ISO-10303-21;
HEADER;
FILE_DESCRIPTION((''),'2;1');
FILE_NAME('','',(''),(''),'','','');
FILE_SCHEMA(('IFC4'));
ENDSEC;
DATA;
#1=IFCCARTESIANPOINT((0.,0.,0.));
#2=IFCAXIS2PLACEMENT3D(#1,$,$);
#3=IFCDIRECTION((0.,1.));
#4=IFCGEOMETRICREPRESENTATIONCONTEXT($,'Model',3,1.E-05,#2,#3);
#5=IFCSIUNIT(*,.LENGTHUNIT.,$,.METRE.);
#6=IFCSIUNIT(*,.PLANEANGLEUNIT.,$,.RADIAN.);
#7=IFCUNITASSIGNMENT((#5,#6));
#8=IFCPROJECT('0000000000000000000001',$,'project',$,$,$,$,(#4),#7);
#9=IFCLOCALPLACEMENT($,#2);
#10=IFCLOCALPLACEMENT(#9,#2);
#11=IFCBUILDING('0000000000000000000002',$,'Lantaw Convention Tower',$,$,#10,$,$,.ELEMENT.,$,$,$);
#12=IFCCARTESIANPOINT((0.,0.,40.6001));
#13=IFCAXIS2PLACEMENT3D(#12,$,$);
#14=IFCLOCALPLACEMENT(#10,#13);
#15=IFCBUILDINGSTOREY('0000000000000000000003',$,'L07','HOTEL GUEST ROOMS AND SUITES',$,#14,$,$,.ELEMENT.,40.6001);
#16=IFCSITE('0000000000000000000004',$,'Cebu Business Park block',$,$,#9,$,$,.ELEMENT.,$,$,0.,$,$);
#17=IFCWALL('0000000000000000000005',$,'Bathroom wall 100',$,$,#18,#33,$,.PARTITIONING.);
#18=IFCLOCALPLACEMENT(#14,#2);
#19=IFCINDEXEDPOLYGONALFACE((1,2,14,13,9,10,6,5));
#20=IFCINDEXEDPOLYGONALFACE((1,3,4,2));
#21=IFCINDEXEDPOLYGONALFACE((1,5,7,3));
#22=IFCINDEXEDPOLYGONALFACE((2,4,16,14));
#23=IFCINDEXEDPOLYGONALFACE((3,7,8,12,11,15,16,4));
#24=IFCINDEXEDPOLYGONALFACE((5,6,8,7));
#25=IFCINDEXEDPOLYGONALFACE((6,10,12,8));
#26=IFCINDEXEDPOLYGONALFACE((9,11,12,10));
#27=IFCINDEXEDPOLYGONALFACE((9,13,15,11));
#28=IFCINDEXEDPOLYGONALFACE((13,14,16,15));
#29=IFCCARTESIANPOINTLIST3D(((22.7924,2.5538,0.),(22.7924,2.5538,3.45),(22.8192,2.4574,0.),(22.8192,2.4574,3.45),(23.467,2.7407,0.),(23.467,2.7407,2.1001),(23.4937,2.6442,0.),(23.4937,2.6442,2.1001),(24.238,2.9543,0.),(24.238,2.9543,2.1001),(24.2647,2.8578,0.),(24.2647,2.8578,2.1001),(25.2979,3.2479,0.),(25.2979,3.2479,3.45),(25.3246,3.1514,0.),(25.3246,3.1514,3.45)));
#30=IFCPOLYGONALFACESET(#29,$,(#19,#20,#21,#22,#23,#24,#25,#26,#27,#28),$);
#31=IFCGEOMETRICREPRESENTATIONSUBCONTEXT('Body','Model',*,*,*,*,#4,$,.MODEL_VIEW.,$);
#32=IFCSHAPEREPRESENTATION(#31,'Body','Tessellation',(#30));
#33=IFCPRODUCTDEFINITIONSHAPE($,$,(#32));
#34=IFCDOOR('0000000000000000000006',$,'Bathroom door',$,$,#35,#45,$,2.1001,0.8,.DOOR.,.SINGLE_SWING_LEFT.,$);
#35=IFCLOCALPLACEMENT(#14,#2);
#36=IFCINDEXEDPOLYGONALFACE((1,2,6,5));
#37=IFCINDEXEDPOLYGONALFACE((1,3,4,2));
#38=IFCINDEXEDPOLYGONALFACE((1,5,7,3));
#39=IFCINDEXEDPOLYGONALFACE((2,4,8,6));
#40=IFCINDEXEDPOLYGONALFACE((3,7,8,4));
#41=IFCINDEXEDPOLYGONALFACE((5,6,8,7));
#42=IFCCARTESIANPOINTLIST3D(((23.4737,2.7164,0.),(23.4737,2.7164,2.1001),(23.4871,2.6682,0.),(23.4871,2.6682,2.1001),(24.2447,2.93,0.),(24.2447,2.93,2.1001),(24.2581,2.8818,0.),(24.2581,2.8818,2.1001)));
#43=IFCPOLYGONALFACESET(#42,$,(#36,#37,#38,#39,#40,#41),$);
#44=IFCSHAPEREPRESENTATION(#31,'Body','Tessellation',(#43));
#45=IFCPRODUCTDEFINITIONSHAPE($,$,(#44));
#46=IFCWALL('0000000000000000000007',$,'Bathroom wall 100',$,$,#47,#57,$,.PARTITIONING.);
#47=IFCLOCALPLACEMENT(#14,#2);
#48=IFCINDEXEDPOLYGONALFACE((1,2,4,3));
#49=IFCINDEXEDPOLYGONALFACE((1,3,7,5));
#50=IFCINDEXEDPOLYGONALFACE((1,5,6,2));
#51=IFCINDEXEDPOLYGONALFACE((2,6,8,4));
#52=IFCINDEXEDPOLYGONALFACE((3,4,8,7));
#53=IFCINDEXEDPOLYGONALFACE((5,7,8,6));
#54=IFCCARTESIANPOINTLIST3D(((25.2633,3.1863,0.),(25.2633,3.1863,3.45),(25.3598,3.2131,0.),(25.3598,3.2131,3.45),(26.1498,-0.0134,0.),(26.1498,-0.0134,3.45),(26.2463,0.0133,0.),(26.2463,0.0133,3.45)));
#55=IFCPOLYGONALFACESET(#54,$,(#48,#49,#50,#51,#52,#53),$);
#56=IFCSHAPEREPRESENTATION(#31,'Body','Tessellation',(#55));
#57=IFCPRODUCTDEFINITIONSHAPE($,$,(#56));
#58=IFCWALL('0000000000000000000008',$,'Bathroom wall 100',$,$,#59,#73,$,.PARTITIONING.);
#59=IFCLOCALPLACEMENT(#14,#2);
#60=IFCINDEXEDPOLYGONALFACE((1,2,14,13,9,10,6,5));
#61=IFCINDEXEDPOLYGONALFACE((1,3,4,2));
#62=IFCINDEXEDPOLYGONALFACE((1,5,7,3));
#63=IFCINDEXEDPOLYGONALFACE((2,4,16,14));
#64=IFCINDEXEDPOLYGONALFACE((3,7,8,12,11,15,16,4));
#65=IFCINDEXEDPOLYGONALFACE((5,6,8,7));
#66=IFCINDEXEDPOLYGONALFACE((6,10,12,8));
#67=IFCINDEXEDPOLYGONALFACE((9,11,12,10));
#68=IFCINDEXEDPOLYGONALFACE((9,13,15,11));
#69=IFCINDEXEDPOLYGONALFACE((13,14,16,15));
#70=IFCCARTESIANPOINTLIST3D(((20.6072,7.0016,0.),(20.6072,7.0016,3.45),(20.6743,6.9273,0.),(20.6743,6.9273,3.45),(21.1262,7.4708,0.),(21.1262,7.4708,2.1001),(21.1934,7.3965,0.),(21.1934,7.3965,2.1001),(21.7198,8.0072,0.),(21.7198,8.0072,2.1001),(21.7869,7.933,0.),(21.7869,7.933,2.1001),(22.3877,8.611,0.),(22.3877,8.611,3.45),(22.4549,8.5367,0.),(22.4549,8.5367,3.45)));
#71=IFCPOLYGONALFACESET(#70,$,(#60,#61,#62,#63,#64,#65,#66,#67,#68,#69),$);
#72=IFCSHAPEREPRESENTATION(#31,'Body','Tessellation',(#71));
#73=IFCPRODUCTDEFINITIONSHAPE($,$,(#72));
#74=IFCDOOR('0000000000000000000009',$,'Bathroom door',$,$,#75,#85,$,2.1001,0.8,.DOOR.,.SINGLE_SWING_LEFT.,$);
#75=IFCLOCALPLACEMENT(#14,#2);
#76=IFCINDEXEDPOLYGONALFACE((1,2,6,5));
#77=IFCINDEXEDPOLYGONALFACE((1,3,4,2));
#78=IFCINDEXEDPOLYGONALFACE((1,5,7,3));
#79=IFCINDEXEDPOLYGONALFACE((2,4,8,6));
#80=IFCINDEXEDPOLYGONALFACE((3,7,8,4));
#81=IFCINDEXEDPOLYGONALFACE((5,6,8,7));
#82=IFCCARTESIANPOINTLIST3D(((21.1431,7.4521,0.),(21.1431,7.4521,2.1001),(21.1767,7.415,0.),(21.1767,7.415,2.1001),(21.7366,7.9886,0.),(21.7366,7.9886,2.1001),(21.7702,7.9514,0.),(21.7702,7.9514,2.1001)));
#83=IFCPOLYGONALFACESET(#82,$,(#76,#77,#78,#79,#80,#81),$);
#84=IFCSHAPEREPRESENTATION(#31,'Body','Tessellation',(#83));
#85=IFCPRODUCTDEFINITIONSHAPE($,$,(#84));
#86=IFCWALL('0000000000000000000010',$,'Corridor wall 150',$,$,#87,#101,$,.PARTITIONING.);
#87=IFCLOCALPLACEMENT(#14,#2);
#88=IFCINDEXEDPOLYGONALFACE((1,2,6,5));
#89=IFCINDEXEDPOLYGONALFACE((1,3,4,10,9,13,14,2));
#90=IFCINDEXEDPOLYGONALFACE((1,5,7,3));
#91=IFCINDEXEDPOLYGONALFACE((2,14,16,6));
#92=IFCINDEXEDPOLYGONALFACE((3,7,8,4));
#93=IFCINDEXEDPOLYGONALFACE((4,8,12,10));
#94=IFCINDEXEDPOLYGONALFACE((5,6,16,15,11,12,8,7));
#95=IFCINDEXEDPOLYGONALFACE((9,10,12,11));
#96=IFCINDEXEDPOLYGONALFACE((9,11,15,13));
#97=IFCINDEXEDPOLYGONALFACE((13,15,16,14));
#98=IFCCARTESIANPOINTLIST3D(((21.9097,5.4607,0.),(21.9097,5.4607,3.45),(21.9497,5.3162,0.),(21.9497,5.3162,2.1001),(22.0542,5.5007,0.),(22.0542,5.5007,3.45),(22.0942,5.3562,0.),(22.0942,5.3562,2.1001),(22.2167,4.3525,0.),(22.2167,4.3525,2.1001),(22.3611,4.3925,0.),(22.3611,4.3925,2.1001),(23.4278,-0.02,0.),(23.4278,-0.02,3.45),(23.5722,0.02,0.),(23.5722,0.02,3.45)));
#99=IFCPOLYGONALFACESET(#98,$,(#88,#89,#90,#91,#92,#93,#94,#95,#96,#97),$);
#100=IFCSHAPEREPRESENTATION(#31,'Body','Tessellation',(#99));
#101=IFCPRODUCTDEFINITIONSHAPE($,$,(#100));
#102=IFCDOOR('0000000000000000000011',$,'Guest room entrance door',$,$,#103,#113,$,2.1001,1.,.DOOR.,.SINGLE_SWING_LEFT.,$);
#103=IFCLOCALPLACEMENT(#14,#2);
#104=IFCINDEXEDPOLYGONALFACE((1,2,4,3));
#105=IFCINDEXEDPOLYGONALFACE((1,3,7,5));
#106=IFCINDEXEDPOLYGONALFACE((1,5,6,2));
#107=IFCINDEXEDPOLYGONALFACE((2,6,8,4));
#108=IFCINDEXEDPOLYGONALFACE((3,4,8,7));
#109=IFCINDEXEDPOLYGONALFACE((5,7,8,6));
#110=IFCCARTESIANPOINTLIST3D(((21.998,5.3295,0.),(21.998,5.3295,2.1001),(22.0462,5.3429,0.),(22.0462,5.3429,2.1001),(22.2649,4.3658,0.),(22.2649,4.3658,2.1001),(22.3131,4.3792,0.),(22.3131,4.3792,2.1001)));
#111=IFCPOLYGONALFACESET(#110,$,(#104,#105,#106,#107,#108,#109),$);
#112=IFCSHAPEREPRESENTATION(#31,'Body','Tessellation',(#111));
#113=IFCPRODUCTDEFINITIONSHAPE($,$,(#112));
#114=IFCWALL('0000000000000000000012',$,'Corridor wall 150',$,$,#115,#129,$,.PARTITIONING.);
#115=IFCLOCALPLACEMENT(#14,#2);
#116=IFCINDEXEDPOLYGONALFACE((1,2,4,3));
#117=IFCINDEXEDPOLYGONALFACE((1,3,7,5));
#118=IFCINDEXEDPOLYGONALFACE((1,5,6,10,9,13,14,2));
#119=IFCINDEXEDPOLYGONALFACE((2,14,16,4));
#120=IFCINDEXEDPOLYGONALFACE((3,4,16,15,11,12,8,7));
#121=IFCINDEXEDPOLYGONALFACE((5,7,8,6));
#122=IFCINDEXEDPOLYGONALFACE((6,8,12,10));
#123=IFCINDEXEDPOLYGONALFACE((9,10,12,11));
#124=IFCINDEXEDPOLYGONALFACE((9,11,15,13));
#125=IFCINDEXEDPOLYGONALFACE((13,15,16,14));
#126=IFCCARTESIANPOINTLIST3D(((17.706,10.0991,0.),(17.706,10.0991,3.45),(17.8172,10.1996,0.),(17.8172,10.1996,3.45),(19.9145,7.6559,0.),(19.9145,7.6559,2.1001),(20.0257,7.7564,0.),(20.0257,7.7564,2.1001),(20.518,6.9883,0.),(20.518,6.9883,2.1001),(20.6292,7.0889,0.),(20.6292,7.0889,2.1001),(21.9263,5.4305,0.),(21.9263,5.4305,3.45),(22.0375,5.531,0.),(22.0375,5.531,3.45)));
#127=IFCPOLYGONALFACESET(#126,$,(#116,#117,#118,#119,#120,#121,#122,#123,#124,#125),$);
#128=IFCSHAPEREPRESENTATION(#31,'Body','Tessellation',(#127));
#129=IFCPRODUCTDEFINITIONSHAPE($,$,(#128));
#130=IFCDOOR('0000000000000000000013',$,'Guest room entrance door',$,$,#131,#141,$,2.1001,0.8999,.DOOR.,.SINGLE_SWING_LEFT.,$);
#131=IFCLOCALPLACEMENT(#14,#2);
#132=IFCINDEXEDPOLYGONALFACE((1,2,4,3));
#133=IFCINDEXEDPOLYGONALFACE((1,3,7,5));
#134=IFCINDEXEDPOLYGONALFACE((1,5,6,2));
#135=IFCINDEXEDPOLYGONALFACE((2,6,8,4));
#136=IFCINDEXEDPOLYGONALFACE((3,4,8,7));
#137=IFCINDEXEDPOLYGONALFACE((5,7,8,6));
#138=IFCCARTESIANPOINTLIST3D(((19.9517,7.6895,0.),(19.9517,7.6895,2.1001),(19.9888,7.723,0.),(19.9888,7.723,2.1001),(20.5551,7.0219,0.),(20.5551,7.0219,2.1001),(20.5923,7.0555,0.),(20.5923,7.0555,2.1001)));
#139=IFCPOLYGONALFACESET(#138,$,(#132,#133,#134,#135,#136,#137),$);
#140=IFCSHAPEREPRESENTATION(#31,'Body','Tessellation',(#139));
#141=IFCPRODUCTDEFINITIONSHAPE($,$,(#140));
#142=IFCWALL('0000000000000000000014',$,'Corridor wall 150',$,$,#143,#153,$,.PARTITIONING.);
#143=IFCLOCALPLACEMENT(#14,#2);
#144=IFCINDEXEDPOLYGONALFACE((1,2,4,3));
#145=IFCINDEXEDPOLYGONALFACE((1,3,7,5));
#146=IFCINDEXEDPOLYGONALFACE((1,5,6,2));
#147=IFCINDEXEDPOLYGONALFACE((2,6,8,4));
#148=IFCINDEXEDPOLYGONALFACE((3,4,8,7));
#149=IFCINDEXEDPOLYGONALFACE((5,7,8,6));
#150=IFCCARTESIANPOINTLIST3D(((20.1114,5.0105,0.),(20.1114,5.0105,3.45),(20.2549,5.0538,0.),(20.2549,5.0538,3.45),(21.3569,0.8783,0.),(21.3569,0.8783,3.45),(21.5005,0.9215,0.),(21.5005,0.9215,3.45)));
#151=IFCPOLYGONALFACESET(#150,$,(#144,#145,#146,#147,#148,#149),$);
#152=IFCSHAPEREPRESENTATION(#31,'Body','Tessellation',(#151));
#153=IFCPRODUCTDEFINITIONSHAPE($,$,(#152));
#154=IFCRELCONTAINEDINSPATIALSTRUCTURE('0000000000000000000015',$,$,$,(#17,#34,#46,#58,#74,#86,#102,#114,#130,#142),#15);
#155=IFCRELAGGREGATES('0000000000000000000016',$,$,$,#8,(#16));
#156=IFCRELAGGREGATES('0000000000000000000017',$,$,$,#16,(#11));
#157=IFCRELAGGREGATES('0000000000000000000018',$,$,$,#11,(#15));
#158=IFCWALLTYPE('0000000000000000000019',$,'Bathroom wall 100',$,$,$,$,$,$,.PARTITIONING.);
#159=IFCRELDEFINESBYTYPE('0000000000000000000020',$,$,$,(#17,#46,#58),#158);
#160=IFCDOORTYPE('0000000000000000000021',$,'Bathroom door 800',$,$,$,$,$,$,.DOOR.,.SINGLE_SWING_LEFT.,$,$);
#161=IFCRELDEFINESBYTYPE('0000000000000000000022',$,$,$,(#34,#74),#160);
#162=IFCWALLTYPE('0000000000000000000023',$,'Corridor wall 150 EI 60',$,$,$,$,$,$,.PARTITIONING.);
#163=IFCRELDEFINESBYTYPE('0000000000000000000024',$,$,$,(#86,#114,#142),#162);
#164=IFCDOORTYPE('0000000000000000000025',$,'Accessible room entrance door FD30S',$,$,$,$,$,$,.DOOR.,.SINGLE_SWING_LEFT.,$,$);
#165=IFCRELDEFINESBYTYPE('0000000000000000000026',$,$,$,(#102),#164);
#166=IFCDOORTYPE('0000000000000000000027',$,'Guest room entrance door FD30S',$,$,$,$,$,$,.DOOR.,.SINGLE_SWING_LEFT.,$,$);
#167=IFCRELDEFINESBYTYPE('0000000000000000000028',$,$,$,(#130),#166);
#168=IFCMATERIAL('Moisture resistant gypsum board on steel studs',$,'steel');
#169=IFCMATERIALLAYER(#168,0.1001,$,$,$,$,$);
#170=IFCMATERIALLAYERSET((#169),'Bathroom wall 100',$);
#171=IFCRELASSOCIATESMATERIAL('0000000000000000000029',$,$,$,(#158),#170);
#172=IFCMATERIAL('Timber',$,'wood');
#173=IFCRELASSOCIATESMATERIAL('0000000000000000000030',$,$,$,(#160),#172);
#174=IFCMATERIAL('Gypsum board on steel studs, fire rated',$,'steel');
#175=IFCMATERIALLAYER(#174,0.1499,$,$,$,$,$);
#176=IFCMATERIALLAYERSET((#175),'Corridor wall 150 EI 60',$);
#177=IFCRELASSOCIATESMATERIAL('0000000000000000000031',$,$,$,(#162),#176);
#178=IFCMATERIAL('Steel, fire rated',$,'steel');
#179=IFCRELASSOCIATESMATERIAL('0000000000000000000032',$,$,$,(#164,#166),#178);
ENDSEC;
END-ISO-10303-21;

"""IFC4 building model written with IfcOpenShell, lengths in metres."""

from ifc_helpers import new_model, si_unit, direction, frame, frame_2d, origin, place, context, subcontext, project, spatial, rectangle, extrude, material, layer, layer_set, type_object, element, fill, save


model = new_model("IFC4")

# Units and contexts
model_context = context("Model", 3, precision=1e-05, world=origin(), true_north=direction((0.0, 1.0)))
body_context = subcontext(model_context, "Body", "Model", "MODEL_VIEW")
ifc_project = project(units=[si_unit("LENGTHUNIT", "METRE"), si_unit("PLANEANGLEUNIT", "RADIAN")], contexts=[model_context])

# Site, building, storey
site_placement = place(None, origin())
site = spatial("IfcSite", under=ifc_project, at=site_placement, Name="Cebu Business Park block", CompositionType="ELEMENT", RefElevation=0.0)
building_placement = place(site_placement, origin())
building = spatial("IfcBuilding", under=site, at=building_placement, Name="Lantaw Convention Tower", CompositionType="ELEMENT")
storey_placement = place(building_placement, frame((0.0, 0.0, 40.6001)))
storey = spatial("IfcBuildingStorey", under=building, at=storey_placement, Name="L07", Description="HOTEL GUEST ROOMS AND SUITES", CompositionType="ELEMENT", Elevation=40.6001)

# Wall, opening, door
ifc_material_1 = material(Name="Moisture resistant gypsum board on steel studs", Category="steel")
ifc_layer_1 = layer(ifc_material_1, 0.1001)
ifc_layer_set_1 = layer_set([ifc_layer_1], Name="Bathroom wall 100")
wall_type_1 = type_object("IfcWallType", Name="Bathroom wall 100", PredefinedType="PARTITIONING", material=ifc_layer_set_1)
wall_1_placement = place(storey_placement, frame((22.8059, 2.5056, 0.0), z_axis=(0.0, 0.0, 1.0), x_axis=(0.963707, 0.266961, 0.0)))
wall_1 = element("IfcWall", 1, at=wall_1_placement, inside=storey, type_object=wall_type_1, Name="Bathroom wall 100", PredefinedType="PARTITIONING", context=body_context, shape_type="SweptSolid", body=[
    extrude(rectangle(XDim=2.5999, YDim=0.1001, at=frame_2d((1.2998, 0.0))), origin(), (0.0, 0.0, 1.0), 3.45),
])
opening_1_placement = place(wall_1_placement, frame((0.7, 0.0, 0.0)))
opening_1 = element("IfcOpeningElement", 2, at=opening_1_placement, cuts=wall_1, PredefinedType="OPENING", context=body_context, shape_type="SweptSolid", body=[
    extrude(rectangle(XDim=0.8, YDim=2.1001, at=frame_2d((0.3999, 1.05))), frame((0.0, 0.0601, 0.0), z_axis=(0.0, -1.0, 0.0), x_axis=(1.0, 0.0, 0.0)), (0.0, 0.0, 1.0), 0.1201),
])
ifc_material_2 = material(Name="Timber", Category="wood")
door_type_1 = type_object("IfcDoorType", Name="Bathroom door 800", OperationType="SINGLE_SWING_LEFT", PredefinedType="DOOR", material=ifc_material_2)
door_1_placement = place(opening_1_placement, origin())
door_1 = element("IfcDoor", 3, at=door_1_placement, inside=storey, type_object=door_type_1, Name="Bathroom door", OperationType="SINGLE_SWING_LEFT", OverallHeight=2.1001, OverallWidth=0.8, PredefinedType="DOOR", context=body_context, shape_type="SweptSolid", body=[
    extrude(rectangle(XDim=0.8, YDim=2.1001, at=frame_2d((0.3999, 1.05))), frame((0.0, 0.0249, 0.0), z_axis=(0.0, -1.0, 0.0), x_axis=(1.0, 0.0, 0.0)), (0.0, 0.0, 1.0), 0.05),
])
fill(opening_1, door_1)

# Wall
wall_2_placement = place(storey_placement, frame((25.3115, 3.1997, 0.0), z_axis=(0.0, 0.0, 1.0), x_axis=(0.266992, -0.963699, 0.0)))
element("IfcWall", 4, at=wall_2_placement, inside=storey, type_object=wall_type_1, Name="Bathroom wall 100", PredefinedType="PARTITIONING", context=body_context, shape_type="SweptSolid", body=[
    extrude(rectangle(XDim=3.3203, YDim=0.1001, at=frame_2d((1.6602, 0.0))), origin(), (0.0, 0.0, 1.0), 3.45),
])

# Walls, openings, doors
wall_3_placement = place(storey_placement, frame((20.6406, 6.9644, 0.0), z_axis=(0.0, 0.0, 1.0), x_axis=(0.741861, 0.670554, 0.0)))
wall_3 = element("IfcWall", 5, at=wall_3_placement, inside=storey, type_object=wall_type_1, Name="Bathroom wall 100", PredefinedType="PARTITIONING", context=body_context, shape_type="SweptSolid", body=[
    extrude(rectangle(XDim=2.4001, YDim=0.1001, at=frame_2d((1.2002, 0.0))), origin(), (0.0, 0.0, 1.0), 3.45),
])
opening_2_placement = place(wall_3_placement, frame((0.7, 0.0, 0.0)))
opening_2 = element("IfcOpeningElement", 6, at=opening_2_placement, cuts=wall_3, PredefinedType="OPENING", context=body_context, shape_type="SweptSolid", body=[
    extrude(rectangle(XDim=0.8, YDim=2.1001, at=frame_2d((0.3999, 1.05))), frame((0.0, 0.0601, 0.0), z_axis=(0.0, -1.0, 0.0), x_axis=(1.0, 0.0, 0.0)), (0.0, 0.0, 1.0), 0.1201),
])
door_2_placement = place(opening_2_placement, origin())
door_2 = element("IfcDoor", 7, at=door_2_placement, inside=storey, type_object=door_type_1, Name="Bathroom door", OperationType="SINGLE_SWING_LEFT", OverallHeight=2.1001, OverallWidth=0.8, PredefinedType="DOOR", context=body_context, shape_type="SweptSolid", body=[
    extrude(rectangle(XDim=0.8, YDim=2.1001, at=frame_2d((0.3999, 1.05))), frame((0.0, 0.0249, 0.0), z_axis=(0.0, -1.0, 0.0), x_axis=(1.0, 0.0, 0.0)), (0.0, 0.0, 1.0), 0.05),
])
fill(opening_2, door_2)
ifc_material_3 = material(Name="Gypsum board on steel studs, fire rated", Category="steel")
ifc_layer_2 = layer(ifc_material_3, 0.1499)
ifc_layer_set_2 = layer_set([ifc_layer_2], Name="Corridor wall 150 EI 60")
wall_type_2 = type_object("IfcWallType", Name="Corridor wall 150 EI 60", PredefinedType="PARTITIONING", material=ifc_layer_set_2)
wall_4_placement = place(storey_placement, frame((23.5, 0.0, 0.0), z_axis=(0.0, 0.0, 1.0), x_axis=(-0.266933, 0.963715, 0.0)))
wall_4 = element("IfcWall", 8, at=wall_4_placement, inside=storey, type_object=wall_type_2, Name="Corridor wall 150", PredefinedType="PARTITIONING", context=body_context, shape_type="SweptSolid", body=[
    extrude(rectangle(XDim=5.687, YDim=0.1499, at=frame_2d((2.8435, 0.0))), origin(), (0.0, 0.0, 1.0), 3.45),
])
opening_3_placement = place(wall_4_placement, frame((4.5371, 0.0, 0.0)))
opening_3 = element("IfcOpeningElement", 9, at=opening_3_placement, cuts=wall_4, PredefinedType="OPENING", context=body_context, shape_type="SweptSolid", body=[
    extrude(rectangle(XDim=1.0, YDim=2.1001, at=frame_2d((0.5, 1.05))), frame((0.0, 0.085, 0.0), z_axis=(0.0, -1.0, 0.0), x_axis=(1.0, 0.0, 0.0)), (0.0, 0.0, 1.0), 0.1699),
])
ifc_material_4 = material(Name="Steel, fire rated", Category="steel")
door_type_2 = type_object("IfcDoorType", Name="Accessible room entrance door FD30S", OperationType="SINGLE_SWING_LEFT", PredefinedType="DOOR", material=ifc_material_4)
door_3_placement = place(opening_3_placement, origin())
door_3 = element("IfcDoor", 10, at=door_3_placement, inside=storey, type_object=door_type_2, Name="Guest room entrance door", OperationType="SINGLE_SWING_LEFT", OverallHeight=2.1001, OverallWidth=1.0, PredefinedType="DOOR", context=body_context, shape_type="SweptSolid", body=[
    extrude(rectangle(XDim=1.0, YDim=2.1001, at=frame_2d((0.5, 1.05))), frame((0.0, 0.0249, 0.0), z_axis=(0.0, -1.0, 0.0), x_axis=(1.0, 0.0, 0.0)), (0.0, 0.0, 1.0), 0.05),
])
fill(opening_3, door_3)
wall_5_placement = place(storey_placement, frame((21.9819, 5.4807, 0.0), z_axis=(0.0, 0.0, 1.0), x_axis=(-0.670598, 0.741821, 0.0)))
wall_5 = element("IfcWall", 11, at=wall_5_placement, inside=storey, type_object=wall_type_2, Name="Corridor wall 150", PredefinedType="PARTITIONING", context=body_context, shape_type="SweptSolid", body=[
    extrude(rectangle(XDim=6.2935, YDim=0.1499, at=frame_2d((3.1467, 0.0))), origin(), (0.0, 0.0, 1.0), 3.45),
])
opening_4_placement = place(wall_5_placement, frame((2.1001, 0.0, 0.0)))
opening_4 = element("IfcOpeningElement", 12, at=opening_4_placement, cuts=wall_5, PredefinedType="OPENING", context=body_context, shape_type="SweptSolid", body=[
    extrude(rectangle(XDim=0.8999, YDim=2.1001, at=frame_2d((0.45, 1.05))), frame((0.0, 0.085, 0.0), z_axis=(0.0, -1.0, 0.0), x_axis=(1.0, 0.0, 0.0)), (0.0, 0.0, 1.0), 0.1699),
])
door_type_3 = type_object("IfcDoorType", Name="Guest room entrance door FD30S", OperationType="SINGLE_SWING_LEFT", PredefinedType="DOOR", material=ifc_material_4)
door_4_placement = place(opening_4_placement, origin())
door_4 = element("IfcDoor", 13, at=door_4_placement, inside=storey, type_object=door_type_3, Name="Guest room entrance door", OperationType="SINGLE_SWING_LEFT", OverallHeight=2.1001, OverallWidth=0.8999, PredefinedType="DOOR", context=body_context, shape_type="SweptSolid", body=[
    extrude(rectangle(XDim=0.8999, YDim=2.1001, at=frame_2d((0.45, 1.05))), frame((0.0, 0.0249, 0.0), z_axis=(0.0, -1.0, 0.0), x_axis=(1.0, 0.0, 0.0)), (0.0, 0.0, 1.0), 0.05),
])
fill(opening_4, door_4)

# Wall
wall_6_placement = place(storey_placement, frame((21.4287, 0.8999, 0.0), z_axis=(0.0, 0.0, 1.0), x_axis=(-0.288604, 0.957449, 0.0)))
element("IfcWall", 14, at=wall_6_placement, inside=storey, type_object=wall_type_2, Name="Corridor wall 150", PredefinedType="PARTITIONING", context=body_context, shape_type="SweptSolid", body=[
    extrude(rectangle(XDim=4.3159, YDim=0.1499, at=frame_2d((2.158, 0.0))), origin(), (0.0, 0.0, 1.0), 3.45),
])

save(model, "model.ifc")
